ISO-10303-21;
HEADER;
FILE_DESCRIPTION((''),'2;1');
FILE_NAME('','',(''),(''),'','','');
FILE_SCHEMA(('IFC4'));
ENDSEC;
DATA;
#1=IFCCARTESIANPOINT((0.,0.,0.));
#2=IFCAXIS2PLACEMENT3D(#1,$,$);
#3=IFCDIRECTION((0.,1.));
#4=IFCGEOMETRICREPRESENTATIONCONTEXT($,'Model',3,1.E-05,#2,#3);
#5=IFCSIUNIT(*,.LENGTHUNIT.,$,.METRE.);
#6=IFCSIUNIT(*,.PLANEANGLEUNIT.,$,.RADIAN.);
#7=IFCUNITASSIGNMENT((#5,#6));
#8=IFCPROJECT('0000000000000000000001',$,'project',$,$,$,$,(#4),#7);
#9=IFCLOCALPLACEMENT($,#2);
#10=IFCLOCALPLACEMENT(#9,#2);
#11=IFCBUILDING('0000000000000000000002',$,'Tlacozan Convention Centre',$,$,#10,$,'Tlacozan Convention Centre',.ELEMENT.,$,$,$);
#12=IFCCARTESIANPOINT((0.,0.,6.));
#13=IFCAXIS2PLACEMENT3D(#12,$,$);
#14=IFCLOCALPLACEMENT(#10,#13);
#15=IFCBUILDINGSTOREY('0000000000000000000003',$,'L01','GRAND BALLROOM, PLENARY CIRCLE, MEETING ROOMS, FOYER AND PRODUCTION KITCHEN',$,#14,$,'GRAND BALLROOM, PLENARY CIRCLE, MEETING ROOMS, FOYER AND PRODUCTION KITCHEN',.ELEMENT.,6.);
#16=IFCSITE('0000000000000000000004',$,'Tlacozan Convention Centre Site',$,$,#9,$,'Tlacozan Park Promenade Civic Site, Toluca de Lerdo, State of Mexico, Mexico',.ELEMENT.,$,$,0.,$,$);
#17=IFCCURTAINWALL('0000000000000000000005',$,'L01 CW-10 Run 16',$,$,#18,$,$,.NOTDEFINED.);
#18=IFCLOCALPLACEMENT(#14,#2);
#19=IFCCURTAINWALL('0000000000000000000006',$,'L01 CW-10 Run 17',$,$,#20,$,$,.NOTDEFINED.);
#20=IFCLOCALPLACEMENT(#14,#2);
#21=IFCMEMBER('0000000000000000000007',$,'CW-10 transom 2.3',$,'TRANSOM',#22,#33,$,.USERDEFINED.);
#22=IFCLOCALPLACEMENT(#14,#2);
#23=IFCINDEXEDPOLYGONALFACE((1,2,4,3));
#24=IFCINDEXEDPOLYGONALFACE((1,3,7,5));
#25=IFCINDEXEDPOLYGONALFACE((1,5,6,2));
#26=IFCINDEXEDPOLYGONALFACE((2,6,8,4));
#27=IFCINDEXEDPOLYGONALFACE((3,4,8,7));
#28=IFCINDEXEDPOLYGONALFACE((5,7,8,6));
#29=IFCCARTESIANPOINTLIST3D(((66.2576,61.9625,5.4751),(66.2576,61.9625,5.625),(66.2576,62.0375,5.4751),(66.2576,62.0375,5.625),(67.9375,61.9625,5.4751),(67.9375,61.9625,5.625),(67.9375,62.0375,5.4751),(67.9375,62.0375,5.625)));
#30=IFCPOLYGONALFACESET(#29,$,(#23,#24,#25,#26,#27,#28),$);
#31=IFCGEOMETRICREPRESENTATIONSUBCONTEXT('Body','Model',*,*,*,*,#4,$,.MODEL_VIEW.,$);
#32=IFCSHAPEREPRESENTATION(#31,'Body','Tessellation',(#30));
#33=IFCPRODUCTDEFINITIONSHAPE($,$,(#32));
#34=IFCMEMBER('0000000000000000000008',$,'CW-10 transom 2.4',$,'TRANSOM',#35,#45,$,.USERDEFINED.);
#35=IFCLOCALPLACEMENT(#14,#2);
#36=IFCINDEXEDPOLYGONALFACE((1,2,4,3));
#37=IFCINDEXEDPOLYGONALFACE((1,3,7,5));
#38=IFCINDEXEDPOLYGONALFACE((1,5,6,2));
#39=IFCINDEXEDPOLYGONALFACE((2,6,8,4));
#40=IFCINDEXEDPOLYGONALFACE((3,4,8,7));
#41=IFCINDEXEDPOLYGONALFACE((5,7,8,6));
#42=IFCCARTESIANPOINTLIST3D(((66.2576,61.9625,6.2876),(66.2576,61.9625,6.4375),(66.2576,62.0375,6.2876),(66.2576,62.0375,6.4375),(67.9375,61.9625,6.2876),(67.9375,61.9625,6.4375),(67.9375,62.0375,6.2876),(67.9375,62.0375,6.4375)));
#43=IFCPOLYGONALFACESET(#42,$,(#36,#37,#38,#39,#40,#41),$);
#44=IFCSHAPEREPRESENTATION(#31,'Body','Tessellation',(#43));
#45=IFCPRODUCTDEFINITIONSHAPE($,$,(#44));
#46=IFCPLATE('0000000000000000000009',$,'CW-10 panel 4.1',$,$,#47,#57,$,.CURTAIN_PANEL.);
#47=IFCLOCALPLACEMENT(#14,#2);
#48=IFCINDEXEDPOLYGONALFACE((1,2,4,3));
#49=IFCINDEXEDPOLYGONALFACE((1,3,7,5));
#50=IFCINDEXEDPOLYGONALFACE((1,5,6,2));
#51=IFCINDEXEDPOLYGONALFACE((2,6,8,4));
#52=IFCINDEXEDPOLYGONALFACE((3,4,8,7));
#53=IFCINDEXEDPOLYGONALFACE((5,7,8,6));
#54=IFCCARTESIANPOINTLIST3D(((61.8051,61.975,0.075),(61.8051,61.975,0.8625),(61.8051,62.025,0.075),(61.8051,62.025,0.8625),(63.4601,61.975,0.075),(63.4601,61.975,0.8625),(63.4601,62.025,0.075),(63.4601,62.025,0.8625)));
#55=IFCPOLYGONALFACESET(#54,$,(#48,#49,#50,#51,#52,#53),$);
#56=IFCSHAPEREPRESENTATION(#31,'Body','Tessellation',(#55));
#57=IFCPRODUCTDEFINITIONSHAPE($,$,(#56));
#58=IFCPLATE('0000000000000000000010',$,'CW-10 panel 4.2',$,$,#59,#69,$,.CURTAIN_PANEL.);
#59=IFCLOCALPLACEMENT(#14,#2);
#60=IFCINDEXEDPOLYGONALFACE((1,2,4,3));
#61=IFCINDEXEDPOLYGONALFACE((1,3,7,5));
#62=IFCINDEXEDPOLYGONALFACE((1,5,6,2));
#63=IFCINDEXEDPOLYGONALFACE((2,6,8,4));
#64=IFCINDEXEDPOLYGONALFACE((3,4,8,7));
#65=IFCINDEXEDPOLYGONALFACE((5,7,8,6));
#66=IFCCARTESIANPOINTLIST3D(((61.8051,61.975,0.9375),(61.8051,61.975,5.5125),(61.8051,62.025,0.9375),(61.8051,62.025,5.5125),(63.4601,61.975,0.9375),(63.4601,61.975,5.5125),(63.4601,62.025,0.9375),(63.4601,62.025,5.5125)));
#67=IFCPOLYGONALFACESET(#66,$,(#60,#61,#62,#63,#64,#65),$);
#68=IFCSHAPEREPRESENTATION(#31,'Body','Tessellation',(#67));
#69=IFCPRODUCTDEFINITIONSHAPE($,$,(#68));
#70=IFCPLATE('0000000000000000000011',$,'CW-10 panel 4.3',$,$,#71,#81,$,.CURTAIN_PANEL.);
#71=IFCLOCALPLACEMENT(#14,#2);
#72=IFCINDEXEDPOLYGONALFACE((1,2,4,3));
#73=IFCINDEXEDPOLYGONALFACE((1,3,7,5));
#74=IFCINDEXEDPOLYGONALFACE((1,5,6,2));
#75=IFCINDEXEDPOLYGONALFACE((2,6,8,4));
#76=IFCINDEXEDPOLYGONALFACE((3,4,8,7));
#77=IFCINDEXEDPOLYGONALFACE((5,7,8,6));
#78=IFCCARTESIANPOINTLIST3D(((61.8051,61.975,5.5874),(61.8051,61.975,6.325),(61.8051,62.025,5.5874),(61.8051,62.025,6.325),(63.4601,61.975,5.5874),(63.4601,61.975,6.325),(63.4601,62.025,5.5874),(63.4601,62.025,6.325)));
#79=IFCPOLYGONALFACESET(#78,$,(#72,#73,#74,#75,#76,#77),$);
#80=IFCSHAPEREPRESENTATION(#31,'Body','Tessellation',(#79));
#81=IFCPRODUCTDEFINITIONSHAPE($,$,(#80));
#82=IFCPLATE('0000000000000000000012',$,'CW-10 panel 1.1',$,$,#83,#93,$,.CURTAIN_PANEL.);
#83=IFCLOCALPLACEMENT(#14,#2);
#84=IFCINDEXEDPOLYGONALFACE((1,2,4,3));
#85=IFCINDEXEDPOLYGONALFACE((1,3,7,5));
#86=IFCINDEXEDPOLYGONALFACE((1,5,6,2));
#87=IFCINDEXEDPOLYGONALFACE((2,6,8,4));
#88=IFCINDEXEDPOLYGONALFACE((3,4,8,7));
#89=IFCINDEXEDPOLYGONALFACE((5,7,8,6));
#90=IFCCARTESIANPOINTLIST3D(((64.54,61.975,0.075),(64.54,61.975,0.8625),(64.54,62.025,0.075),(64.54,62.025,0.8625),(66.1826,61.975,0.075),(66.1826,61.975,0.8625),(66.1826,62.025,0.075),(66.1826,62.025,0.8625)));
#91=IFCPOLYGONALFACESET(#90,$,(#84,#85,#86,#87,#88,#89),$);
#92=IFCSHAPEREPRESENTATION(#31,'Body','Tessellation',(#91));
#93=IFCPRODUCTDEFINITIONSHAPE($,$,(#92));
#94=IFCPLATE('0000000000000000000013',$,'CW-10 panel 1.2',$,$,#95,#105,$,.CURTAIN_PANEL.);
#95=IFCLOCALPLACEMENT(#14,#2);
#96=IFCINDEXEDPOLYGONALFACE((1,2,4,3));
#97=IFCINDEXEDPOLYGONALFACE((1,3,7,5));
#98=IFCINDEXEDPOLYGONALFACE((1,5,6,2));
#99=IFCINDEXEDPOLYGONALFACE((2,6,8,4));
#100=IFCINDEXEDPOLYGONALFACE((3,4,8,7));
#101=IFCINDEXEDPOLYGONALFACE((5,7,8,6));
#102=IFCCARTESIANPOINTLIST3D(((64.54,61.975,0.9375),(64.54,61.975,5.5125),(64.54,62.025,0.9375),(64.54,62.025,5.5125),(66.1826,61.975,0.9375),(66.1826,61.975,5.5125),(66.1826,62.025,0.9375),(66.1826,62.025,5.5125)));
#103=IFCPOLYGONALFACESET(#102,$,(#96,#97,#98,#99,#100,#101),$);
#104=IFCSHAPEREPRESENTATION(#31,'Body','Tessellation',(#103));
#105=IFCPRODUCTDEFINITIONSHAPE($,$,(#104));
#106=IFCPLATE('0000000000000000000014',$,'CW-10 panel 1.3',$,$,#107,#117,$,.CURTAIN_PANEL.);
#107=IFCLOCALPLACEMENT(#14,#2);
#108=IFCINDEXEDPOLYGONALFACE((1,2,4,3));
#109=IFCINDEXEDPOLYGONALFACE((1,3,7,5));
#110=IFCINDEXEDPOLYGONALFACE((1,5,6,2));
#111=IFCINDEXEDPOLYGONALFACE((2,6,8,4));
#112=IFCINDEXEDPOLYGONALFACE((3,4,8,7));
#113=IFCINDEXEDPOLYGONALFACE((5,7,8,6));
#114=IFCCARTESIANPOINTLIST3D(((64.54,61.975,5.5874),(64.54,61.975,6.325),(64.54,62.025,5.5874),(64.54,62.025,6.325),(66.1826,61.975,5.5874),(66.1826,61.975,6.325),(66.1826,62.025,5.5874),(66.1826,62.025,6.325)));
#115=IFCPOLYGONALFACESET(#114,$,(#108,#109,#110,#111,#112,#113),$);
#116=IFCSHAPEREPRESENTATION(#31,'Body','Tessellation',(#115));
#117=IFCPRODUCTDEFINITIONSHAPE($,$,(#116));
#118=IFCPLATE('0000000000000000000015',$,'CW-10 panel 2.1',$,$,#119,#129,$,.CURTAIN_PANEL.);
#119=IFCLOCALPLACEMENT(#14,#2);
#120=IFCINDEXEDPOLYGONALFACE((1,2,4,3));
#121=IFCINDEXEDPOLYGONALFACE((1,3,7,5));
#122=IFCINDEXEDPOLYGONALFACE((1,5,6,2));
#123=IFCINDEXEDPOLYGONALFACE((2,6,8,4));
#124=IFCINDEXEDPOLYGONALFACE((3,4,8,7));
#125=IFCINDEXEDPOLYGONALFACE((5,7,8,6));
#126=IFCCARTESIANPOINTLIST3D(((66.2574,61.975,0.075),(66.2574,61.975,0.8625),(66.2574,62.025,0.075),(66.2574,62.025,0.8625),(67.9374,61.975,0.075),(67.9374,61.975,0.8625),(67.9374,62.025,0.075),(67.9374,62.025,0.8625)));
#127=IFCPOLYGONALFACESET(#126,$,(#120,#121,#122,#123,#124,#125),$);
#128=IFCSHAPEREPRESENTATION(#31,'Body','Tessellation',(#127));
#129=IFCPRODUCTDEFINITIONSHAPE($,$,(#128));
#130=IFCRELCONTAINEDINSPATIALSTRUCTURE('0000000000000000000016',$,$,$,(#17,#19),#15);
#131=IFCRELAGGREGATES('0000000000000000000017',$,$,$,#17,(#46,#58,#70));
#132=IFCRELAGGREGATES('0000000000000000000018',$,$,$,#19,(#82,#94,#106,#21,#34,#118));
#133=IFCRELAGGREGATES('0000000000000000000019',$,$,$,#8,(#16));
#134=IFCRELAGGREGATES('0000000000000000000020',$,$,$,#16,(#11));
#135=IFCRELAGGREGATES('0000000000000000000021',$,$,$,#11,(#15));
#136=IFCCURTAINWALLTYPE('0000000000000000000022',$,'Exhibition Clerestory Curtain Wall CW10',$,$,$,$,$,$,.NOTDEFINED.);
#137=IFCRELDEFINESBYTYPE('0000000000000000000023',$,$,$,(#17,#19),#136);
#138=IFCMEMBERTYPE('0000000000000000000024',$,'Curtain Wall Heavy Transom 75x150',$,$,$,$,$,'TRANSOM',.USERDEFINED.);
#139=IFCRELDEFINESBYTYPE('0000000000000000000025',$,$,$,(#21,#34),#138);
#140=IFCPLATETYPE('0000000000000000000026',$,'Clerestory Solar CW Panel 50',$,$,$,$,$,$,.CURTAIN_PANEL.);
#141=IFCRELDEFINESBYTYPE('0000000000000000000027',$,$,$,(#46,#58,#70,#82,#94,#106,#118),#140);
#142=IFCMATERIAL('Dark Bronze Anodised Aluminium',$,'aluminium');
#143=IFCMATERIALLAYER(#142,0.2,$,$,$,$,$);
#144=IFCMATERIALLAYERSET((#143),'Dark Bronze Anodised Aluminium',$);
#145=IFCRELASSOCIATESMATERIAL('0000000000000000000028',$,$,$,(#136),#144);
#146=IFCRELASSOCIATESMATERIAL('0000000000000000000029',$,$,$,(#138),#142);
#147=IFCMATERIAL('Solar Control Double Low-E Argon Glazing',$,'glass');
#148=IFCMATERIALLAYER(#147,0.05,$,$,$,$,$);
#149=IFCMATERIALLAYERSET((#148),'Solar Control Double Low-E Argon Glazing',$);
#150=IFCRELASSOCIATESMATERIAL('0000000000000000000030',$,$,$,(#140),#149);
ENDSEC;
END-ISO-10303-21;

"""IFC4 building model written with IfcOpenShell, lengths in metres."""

from ifc_helpers import new_model, si_unit, direction, frame, origin, origin_2d, place, context, subcontext, project, spatial, rectangle, extrude, material, layer, layer_set, material_profile, profile_set, type_object, element, aggregate, save


model = new_model("IFC4")

# Units and contexts
model_context = context("Model", 3, precision=1e-05, world=origin(), true_north=direction((0.0, 1.0)))
body_context = subcontext(model_context, "Body", "Model", "MODEL_VIEW")
ifc_project = project(units=[si_unit("LENGTHUNIT", "METRE"), si_unit("PLANEANGLEUNIT", "RADIAN")], contexts=[model_context])

# Site, building, storey
site_placement = place(None, origin())
site = spatial("IfcSite", under=ifc_project, at=site_placement, Name="Tlacozan Convention Centre Site", LongName="Tlacozan Park Promenade Civic Site, Toluca de Lerdo, State of Mexico, Mexico", CompositionType="ELEMENT", RefElevation=0.0)
building_placement = place(site_placement, origin())
building = spatial("IfcBuilding", under=site, at=building_placement, Name="Tlacozan Convention Centre", LongName="Tlacozan Convention Centre", CompositionType="ELEMENT")
storey_placement = place(building_placement, frame((0.0, 0.0, 6.0)))
storey = spatial("IfcBuildingStorey", under=building, at=storey_placement, Name="L01", Description="GRAND BALLROOM, PLENARY CIRCLE, MEETING ROOMS, FOYER AND PRODUCTION KITCHEN", LongName="GRAND BALLROOM, PLENARY CIRCLE, MEETING ROOMS, FOYER AND PRODUCTION KITCHEN", CompositionType="ELEMENT", Elevation=6.0)

# Curtain wall
ifc_material_1 = material(Name="Dark Bronze Anodised Aluminium", Category="aluminium")
ifc_layer_1 = layer(ifc_material_1, 0.2)
ifc_layer_set_1 = layer_set([ifc_layer_1], Name="Dark Bronze Anodised Aluminium")
curtain_wall_type = type_object("IfcCurtainWallType", Name="Exhibition Clerestory Curtain Wall CW10", PredefinedType="NOTDEFINED", material=ifc_layer_set_1)
curtain_wall_1_placement = place(storey_placement, origin())
curtain_wall_1 = element("IfcCurtainWall", 1, at=curtain_wall_1_placement, inside=storey, type_object=curtain_wall_type, Name="L01 CW-10 Run 16", PredefinedType="NOTDEFINED")

# Curtain wall
curtain_wall_2_placement = place(storey_placement, origin())
curtain_wall_2 = element("IfcCurtainWall", 2, at=curtain_wall_2_placement, inside=storey, type_object=curtain_wall_type, Name="L01 CW-10 Run 17", PredefinedType="NOTDEFINED")

# Members
ifc_material_profile_1 = material_profile(ifc_material_1, rectangle(XDim=0.075, YDim=0.1499, at=origin_2d()), Name="ALU 75x150")
ifc_profile_set_1 = profile_set([ifc_material_profile_1], Name="Dark Bronze Anodised Aluminium")
member_type_1 = type_object("IfcMemberType", Name="Curtain Wall Heavy Transom 75x150", ElementType="TRANSOM", PredefinedType="USERDEFINED", material=ifc_profile_set_1)
member_1_placement = place(storey_placement, frame((66.2576, 62.0, 5.55), z_axis=(1.0, 0.0, 0.0), x_axis=(0.0, 1.0, 0.0)))
member_1 = element("IfcMember", 3, at=member_1_placement, type_object=member_type_1, Name="CW-10 transom 2.3", ObjectType="TRANSOM", PredefinedType="USERDEFINED", context=body_context, shape_type="SweptSolid", body=[
    extrude(rectangle(XDim=0.075, YDim=0.1499, at=origin_2d()), origin(), (0.0, 0.0, 1.0), 1.6799),
])
member_2_placement = place(storey_placement, frame((66.2576, 62.0, 6.3625), z_axis=(1.0, 0.0, 0.0), x_axis=(0.0, 1.0, 0.0)))
member_2 = element("IfcMember", 4, at=member_2_placement, type_object=member_type_1, Name="CW-10 transom 2.4", ObjectType="TRANSOM", PredefinedType="USERDEFINED", context=body_context, shape_type="SweptSolid", body=[
    extrude(rectangle(XDim=0.075, YDim=0.1499, at=origin_2d()), origin(), (0.0, 0.0, 1.0), 1.6799),
])

# Plates
ifc_material_2 = material(Name="Solar Control Double Low-E Argon Glazing", Category="glass")
ifc_layer_2 = layer(ifc_material_2, 0.05)
ifc_layer_set_2 = layer_set([ifc_layer_2], Name="Solar Control Double Low-E Argon Glazing")
plate_type = type_object("IfcPlateType", Name="Clerestory Solar CW Panel 50", PredefinedType="CURTAIN_PANEL", material=ifc_layer_set_2)
plate_1_placement = place(storey_placement, frame((62.6326, 62.0, 0.075), z_axis=(0.0, 0.0, 1.0), x_axis=(1.0, 0.0, 0.0)))
plate_1 = element("IfcPlate", 5, at=plate_1_placement, type_object=plate_type, Name="CW-10 panel 4.1", PredefinedType="CURTAIN_PANEL", context=body_context, shape_type="SweptSolid", body=[
    extrude(rectangle(XDim=1.655, YDim=0.05, at=origin_2d()), origin(), (0.0, 0.0, 1.0), 0.7876),
])
plate_2_placement = place(storey_placement, frame((62.6326, 62.0, 0.9375), z_axis=(0.0, 0.0, 1.0), x_axis=(1.0, 0.0, 0.0)))
plate_2 = element("IfcPlate", 6, at=plate_2_placement, type_object=plate_type, Name="CW-10 panel 4.2", PredefinedType="CURTAIN_PANEL", context=body_context, shape_type="SweptSolid", body=[
    extrude(rectangle(XDim=1.655, YDim=0.05, at=origin_2d()), origin(), (0.0, 0.0, 1.0), 4.575),
])
plate_3_placement = place(storey_placement, frame((62.6326, 62.0, 5.5874), z_axis=(0.0, 0.0, 1.0), x_axis=(1.0, 0.0, 0.0)))
plate_3 = element("IfcPlate", 7, at=plate_3_placement, type_object=plate_type, Name="CW-10 panel 4.3", PredefinedType="CURTAIN_PANEL", context=body_context, shape_type="SweptSolid", body=[
    extrude(rectangle(XDim=1.655, YDim=0.05, at=origin_2d()), origin(), (0.0, 0.0, 1.0), 0.7375),
])
aggregate(curtain_wall_1, [plate_1, plate_2, plate_3])
plate_4_placement = place(storey_placement, frame((65.3613, 62.0, 0.075), z_axis=(0.0, 0.0, 1.0), x_axis=(1.0, 0.0, 0.0)))
plate_4 = element("IfcPlate", 8, at=plate_4_placement, type_object=plate_type, Name="CW-10 panel 1.1", PredefinedType="CURTAIN_PANEL", context=body_context, shape_type="SweptSolid", body=[
    extrude(rectangle(XDim=1.6426, YDim=0.05, at=origin_2d()), origin(), (0.0, 0.0, 1.0), 0.7876),
])
plate_5_placement = place(storey_placement, frame((65.3613, 62.0, 0.9375), z_axis=(0.0, 0.0, 1.0), x_axis=(1.0, 0.0, 0.0)))
plate_5 = element("IfcPlate", 9, at=plate_5_placement, type_object=plate_type, Name="CW-10 panel 1.2", PredefinedType="CURTAIN_PANEL", context=body_context, shape_type="SweptSolid", body=[
    extrude(rectangle(XDim=1.6426, YDim=0.05, at=origin_2d()), origin(), (0.0, 0.0, 1.0), 4.575),
])
plate_6_placement = place(storey_placement, frame((65.3613, 62.0, 5.5874), z_axis=(0.0, 0.0, 1.0), x_axis=(1.0, 0.0, 0.0)))
plate_6 = element("IfcPlate", 10, at=plate_6_placement, type_object=plate_type, Name="CW-10 panel 1.3", PredefinedType="CURTAIN_PANEL", context=body_context, shape_type="SweptSolid", body=[
    extrude(rectangle(XDim=1.6426, YDim=0.05, at=origin_2d()), origin(), (0.0, 0.0, 1.0), 0.7375),
])
plate_7_placement = place(storey_placement, frame((67.0974, 62.0, 0.075), z_axis=(0.0, 0.0, 1.0), x_axis=(1.0, 0.0, 0.0)))
plate_7 = element("IfcPlate", 11, at=plate_7_placement, type_object=plate_type, Name="CW-10 panel 2.1", PredefinedType="CURTAIN_PANEL", context=body_context, shape_type="SweptSolid", body=[
    extrude(rectangle(XDim=1.6799, YDim=0.05, at=origin_2d()), origin(), (0.0, 0.0, 1.0), 0.7876),
])
aggregate(curtain_wall_2, [plate_4, plate_5, plate_6, member_1, member_2, plate_7])

save(model, "model.ifc")
